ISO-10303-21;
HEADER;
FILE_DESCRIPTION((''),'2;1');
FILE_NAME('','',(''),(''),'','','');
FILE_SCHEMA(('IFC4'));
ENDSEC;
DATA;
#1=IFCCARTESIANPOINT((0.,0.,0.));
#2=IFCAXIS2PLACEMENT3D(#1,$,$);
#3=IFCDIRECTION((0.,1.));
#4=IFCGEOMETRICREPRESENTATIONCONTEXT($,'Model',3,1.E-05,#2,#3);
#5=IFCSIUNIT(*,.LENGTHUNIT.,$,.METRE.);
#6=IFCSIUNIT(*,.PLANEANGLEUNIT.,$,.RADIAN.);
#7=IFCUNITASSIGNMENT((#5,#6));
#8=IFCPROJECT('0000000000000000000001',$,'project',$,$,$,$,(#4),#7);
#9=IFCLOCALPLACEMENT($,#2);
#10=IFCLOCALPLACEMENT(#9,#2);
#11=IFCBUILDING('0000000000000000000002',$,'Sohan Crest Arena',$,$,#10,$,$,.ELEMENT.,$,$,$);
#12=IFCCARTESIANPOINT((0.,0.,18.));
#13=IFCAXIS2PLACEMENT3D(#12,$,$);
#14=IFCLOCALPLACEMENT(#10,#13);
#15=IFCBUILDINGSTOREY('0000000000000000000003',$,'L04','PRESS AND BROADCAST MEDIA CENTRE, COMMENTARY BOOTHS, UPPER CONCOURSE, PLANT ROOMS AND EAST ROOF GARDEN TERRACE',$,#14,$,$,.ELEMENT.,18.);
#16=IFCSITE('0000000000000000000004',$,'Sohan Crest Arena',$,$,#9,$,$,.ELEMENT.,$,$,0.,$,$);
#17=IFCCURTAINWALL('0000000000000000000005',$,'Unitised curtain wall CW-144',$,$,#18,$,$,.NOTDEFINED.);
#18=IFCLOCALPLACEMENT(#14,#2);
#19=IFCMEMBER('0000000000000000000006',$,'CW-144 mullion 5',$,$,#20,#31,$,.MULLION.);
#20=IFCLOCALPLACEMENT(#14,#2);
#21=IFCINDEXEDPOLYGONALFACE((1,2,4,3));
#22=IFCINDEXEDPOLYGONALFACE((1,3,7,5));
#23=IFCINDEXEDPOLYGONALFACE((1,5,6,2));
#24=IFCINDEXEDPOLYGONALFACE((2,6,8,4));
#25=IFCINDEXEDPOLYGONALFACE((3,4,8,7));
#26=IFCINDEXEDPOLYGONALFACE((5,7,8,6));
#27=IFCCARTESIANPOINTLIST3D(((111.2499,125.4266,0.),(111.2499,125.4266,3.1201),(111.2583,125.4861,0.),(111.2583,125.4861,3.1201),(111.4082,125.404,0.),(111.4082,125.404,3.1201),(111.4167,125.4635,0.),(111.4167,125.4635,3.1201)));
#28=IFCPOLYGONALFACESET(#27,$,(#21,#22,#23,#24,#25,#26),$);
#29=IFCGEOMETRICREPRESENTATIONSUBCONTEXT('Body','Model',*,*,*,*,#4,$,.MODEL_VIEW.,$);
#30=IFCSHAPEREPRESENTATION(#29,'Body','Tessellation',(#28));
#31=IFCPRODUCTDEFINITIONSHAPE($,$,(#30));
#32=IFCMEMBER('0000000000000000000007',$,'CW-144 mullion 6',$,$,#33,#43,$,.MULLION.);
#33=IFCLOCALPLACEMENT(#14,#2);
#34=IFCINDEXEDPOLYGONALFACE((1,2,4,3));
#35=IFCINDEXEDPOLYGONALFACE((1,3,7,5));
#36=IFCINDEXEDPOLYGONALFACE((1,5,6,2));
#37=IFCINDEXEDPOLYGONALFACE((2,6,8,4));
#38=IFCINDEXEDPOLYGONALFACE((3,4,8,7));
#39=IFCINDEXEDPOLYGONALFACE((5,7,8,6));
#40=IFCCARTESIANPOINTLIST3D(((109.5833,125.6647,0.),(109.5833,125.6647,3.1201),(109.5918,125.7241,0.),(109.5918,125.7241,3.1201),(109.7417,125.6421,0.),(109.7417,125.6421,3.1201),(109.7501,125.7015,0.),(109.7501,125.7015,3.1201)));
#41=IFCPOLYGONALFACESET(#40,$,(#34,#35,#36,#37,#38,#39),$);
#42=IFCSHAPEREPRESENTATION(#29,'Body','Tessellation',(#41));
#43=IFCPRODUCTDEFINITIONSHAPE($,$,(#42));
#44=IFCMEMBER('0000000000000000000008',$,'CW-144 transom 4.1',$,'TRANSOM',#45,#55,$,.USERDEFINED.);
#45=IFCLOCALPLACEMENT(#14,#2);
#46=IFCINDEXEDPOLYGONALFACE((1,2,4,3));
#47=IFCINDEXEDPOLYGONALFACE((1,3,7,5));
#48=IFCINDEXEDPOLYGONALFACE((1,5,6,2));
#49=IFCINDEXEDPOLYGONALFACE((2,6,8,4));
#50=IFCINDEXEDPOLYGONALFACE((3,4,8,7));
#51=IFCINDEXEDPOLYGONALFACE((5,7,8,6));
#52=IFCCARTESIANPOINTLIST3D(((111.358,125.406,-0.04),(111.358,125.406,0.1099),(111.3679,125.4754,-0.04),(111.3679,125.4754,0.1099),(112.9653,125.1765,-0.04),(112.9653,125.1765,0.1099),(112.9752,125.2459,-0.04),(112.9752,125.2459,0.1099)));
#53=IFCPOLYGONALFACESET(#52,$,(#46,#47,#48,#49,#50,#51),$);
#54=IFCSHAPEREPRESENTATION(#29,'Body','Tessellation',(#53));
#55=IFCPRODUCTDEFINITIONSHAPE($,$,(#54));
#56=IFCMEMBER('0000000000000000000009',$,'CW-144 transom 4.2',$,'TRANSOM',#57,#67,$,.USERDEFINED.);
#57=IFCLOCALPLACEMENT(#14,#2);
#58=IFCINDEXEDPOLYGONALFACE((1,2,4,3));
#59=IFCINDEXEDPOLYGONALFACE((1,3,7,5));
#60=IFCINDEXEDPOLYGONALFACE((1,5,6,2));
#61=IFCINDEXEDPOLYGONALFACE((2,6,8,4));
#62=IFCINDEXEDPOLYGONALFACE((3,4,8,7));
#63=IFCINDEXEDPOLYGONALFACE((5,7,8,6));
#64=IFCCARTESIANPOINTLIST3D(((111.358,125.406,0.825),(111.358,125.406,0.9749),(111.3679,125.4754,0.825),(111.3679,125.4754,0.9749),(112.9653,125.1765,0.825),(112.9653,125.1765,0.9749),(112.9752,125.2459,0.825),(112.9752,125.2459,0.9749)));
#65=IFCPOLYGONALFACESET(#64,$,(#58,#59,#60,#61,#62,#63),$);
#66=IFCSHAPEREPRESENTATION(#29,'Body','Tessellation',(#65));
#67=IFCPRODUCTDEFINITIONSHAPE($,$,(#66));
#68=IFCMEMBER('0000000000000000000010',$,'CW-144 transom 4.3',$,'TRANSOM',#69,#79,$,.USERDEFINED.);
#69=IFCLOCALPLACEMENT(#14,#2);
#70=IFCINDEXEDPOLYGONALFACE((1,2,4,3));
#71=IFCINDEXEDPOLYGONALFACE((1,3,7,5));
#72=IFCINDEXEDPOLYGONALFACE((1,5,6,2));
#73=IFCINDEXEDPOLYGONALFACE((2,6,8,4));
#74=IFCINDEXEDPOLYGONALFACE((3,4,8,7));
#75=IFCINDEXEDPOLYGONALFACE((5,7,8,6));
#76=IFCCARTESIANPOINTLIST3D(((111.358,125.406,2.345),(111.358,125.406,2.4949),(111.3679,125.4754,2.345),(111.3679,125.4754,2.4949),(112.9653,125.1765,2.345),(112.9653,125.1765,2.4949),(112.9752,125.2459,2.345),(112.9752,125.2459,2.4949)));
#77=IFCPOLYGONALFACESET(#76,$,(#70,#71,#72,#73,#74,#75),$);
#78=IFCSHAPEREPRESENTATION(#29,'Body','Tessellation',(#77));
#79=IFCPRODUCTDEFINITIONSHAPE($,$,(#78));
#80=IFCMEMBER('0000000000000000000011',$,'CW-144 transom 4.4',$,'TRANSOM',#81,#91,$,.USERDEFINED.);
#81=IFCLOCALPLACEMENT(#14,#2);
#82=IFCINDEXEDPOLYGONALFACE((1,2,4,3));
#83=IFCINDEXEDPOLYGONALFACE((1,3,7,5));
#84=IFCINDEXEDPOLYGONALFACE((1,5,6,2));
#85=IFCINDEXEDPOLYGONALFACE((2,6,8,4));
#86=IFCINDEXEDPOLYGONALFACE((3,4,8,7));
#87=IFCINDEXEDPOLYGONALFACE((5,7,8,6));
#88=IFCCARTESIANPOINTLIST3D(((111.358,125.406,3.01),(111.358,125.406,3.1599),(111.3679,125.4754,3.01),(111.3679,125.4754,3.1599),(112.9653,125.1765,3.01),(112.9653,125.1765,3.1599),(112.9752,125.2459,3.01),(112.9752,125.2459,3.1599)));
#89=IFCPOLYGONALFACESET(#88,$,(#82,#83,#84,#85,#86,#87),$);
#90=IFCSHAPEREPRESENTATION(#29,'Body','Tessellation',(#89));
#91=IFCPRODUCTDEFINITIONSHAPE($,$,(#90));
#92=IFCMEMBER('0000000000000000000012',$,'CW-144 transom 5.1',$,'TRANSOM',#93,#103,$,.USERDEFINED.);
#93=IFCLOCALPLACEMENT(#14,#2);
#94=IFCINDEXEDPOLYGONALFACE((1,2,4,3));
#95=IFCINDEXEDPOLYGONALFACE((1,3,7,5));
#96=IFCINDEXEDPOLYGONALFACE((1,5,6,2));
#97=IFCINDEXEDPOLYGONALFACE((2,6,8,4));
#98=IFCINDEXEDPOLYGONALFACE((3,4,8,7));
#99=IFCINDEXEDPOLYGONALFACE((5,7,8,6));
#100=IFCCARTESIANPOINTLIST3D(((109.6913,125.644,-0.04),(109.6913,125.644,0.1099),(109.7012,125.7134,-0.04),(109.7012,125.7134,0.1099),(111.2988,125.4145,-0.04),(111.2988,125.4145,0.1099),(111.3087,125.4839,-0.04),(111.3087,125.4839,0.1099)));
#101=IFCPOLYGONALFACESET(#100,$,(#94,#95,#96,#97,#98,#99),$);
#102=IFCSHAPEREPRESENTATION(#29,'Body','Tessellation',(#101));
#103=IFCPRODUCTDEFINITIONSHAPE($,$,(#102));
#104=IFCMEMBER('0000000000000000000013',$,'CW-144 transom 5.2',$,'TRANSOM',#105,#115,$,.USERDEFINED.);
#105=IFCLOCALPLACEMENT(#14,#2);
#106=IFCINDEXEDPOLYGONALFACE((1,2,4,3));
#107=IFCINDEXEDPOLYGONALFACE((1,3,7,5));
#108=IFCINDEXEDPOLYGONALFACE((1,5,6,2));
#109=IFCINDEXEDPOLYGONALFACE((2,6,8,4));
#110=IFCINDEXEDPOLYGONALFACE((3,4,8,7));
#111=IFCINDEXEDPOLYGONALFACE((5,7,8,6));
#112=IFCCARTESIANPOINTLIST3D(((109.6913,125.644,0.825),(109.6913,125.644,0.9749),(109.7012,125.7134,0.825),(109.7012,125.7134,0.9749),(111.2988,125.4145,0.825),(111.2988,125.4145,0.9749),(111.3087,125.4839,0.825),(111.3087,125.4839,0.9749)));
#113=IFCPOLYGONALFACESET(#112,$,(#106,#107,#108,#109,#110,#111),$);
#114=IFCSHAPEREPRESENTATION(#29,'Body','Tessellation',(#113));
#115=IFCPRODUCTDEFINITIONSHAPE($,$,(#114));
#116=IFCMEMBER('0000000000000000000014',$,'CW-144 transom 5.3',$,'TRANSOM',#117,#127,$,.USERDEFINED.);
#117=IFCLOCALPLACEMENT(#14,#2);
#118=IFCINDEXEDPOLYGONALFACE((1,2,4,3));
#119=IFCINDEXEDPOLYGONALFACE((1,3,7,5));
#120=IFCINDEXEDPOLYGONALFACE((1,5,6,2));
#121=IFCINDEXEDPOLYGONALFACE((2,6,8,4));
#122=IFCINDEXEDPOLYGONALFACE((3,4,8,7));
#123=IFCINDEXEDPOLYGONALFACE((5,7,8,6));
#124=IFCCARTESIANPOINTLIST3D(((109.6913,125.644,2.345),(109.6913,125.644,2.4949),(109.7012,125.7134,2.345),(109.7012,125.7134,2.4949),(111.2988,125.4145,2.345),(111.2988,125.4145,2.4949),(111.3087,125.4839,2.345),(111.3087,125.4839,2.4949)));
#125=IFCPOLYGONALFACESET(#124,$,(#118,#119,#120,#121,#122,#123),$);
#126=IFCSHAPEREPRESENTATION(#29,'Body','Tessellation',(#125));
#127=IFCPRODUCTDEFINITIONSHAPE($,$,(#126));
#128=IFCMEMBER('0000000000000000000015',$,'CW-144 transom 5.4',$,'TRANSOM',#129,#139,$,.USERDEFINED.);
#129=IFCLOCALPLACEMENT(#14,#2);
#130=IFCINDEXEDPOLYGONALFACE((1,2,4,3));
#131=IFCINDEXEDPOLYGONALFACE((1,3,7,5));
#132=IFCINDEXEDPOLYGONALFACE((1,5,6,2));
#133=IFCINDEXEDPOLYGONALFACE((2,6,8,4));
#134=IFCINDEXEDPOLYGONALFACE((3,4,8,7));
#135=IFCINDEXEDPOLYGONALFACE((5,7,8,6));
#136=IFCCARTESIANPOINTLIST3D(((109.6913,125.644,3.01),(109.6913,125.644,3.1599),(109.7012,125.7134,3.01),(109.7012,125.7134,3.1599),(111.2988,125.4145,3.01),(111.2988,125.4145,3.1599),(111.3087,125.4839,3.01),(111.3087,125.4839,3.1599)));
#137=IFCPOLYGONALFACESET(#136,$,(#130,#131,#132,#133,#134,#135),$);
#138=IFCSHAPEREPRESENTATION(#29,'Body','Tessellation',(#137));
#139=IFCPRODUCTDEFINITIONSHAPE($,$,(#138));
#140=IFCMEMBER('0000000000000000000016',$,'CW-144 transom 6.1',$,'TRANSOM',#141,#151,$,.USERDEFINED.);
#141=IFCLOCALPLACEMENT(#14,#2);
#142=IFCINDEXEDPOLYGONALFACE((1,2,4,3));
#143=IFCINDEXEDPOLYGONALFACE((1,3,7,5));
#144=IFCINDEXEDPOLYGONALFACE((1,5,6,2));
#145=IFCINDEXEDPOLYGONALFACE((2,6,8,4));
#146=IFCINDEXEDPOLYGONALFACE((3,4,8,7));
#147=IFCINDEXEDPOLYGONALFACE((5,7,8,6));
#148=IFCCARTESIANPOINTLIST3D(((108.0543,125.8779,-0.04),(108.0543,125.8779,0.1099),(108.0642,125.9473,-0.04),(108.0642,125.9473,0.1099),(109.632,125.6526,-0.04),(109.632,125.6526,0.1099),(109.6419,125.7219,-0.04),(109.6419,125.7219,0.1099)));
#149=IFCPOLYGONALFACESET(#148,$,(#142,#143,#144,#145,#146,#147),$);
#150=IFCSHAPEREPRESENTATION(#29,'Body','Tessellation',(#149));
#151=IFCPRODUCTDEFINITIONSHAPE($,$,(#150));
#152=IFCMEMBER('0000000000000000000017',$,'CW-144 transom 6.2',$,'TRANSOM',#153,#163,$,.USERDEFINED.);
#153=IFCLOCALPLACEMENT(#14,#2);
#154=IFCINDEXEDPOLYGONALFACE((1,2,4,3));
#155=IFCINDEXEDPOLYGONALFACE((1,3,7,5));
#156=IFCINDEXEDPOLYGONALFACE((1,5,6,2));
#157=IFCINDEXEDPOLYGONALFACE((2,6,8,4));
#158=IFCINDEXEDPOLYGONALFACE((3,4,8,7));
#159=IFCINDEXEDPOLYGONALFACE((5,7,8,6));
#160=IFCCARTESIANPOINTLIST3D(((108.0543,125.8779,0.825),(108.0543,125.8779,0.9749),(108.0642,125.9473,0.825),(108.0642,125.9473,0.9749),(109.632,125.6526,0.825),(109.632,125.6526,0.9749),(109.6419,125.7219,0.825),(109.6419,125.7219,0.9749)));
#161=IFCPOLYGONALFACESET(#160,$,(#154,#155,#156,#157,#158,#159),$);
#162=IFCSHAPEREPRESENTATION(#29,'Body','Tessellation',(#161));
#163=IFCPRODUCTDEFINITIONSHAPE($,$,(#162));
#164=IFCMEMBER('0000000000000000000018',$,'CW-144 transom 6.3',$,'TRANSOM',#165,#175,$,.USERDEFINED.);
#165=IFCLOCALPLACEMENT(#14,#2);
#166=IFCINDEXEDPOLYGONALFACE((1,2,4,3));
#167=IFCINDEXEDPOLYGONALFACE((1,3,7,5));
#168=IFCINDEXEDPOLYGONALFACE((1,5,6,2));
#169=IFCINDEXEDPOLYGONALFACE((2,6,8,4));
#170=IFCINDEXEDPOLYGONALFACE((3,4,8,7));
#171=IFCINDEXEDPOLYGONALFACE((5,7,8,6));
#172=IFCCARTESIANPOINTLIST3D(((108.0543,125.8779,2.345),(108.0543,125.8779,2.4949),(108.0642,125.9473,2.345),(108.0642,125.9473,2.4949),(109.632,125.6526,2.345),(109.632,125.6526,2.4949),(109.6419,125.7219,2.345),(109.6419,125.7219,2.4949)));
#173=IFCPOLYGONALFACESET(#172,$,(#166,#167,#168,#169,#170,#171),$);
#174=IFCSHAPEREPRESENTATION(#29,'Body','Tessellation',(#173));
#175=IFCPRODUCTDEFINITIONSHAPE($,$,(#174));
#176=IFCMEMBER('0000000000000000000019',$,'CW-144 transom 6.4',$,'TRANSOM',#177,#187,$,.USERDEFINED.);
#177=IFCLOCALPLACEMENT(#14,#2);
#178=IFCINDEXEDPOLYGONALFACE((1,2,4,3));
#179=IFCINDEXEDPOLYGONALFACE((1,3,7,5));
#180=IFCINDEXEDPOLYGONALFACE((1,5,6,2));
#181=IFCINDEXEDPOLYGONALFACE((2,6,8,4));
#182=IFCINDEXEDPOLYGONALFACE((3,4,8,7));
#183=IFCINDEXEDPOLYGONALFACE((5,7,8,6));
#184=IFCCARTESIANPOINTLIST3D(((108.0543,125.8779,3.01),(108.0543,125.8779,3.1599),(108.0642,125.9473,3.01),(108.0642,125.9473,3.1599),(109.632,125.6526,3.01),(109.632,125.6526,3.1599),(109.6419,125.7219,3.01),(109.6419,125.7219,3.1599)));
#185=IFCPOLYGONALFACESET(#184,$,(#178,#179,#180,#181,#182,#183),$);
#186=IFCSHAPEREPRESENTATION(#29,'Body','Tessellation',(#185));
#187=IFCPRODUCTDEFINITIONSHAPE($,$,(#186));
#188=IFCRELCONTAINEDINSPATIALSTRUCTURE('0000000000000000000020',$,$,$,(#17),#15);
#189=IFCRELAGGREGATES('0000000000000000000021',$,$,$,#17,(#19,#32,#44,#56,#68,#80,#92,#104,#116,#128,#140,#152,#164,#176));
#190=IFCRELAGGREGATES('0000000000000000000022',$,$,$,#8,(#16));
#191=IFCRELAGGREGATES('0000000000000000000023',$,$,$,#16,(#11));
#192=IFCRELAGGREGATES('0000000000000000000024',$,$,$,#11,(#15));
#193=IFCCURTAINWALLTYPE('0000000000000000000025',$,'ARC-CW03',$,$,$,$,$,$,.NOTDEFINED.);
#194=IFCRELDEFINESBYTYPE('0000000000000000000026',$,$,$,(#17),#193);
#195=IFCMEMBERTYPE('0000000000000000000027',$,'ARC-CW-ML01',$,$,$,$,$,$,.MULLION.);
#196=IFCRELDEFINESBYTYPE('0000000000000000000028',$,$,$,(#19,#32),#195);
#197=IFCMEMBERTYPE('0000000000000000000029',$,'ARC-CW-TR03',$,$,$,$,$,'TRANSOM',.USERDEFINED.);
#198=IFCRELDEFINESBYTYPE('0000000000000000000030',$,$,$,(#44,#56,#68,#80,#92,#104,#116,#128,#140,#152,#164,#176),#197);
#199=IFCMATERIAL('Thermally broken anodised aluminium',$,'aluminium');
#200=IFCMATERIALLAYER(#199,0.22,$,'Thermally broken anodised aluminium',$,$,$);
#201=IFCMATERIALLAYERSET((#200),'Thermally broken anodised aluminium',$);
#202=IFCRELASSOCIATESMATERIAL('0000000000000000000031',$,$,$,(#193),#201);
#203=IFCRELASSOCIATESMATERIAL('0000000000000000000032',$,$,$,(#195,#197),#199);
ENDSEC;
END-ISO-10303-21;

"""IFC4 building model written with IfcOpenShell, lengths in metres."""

from ifc_helpers import new_model, si_unit, direction, frame, origin, origin_2d, place, context, subcontext, project, spatial, rectangle, extrude, material, layer, layer_set, material_profile, profile_set, type_object, element, aggregate, save


model = new_model("IFC4")

# Units and contexts
model_context = context("Model", 3, precision=1e-05, world=origin(), true_north=direction((0.0, 1.0)))
body_context = subcontext(model_context, "Body", "Model", "MODEL_VIEW")
ifc_project = project(units=[si_unit("LENGTHUNIT", "METRE"), si_unit("PLANEANGLEUNIT", "RADIAN")], contexts=[model_context])

# Site, building, storey
site_placement = place(None, origin())
site = spatial("IfcSite", under=ifc_project, at=site_placement, Name="Sohan Crest Arena", CompositionType="ELEMENT", RefElevation=0.0)
building_placement = place(site_placement, origin())
building = spatial("IfcBuilding", under=site, at=building_placement, Name="Sohan Crest Arena", CompositionType="ELEMENT")
storey_placement = place(building_placement, frame((0.0, 0.0, 18.0)))
storey = spatial("IfcBuildingStorey", under=building, at=storey_placement, Name="L04", Description="PRESS AND BROADCAST MEDIA CENTRE, COMMENTARY BOOTHS, UPPER CONCOURSE, PLANT ROOMS AND EAST ROOF GARDEN TERRACE", CompositionType="ELEMENT", Elevation=18.0)

# Curtain wall, members
ifc_material_1 = material(Name="Thermally broken anodised aluminium", Category="aluminium")
ifc_layer_1 = layer(ifc_material_1, 0.22, Name="Thermally broken anodised aluminium")
ifc_layer_set_1 = layer_set([ifc_layer_1], Name="Thermally broken anodised aluminium")
curtain_wall_type = type_object("IfcCurtainWallType", Name="ARC-CW03", PredefinedType="NOTDEFINED", material=ifc_layer_set_1)
curtain_wall_placement = place(storey_placement, origin())
curtain_wall = element("IfcCurtainWall", 1, at=curtain_wall_placement, inside=storey, type_object=curtain_wall_type, Name="Unitised curtain wall CW-144", PredefinedType="NOTDEFINED")
ifc_material_profile_1 = material_profile(ifc_material_1, rectangle(XDim=0.0601, YDim=0.1599, at=origin_2d()), Name="ALU-MULL 60x160")
ifc_profile_set_1 = profile_set([ifc_material_profile_1], Name="Thermally broken anodised aluminium")
member_type_1 = type_object("IfcMemberType", Name="ARC-CW-ML01", PredefinedType="MULLION", material=ifc_profile_set_1)
member_1_placement = place(storey_placement, frame((111.3333, 125.4451, 0.0), z_axis=(0.0, 0.0, 1.0), x_axis=(-0.141366, -0.989957, 0.0)))
member_1 = element("IfcMember", 2, at=member_1_placement, type_object=member_type_1, Name="CW-144 mullion 5", PredefinedType="MULLION", context=body_context, shape_type="SweptSolid", body=[
    extrude(rectangle(XDim=0.0601, YDim=0.1599, at=origin_2d()), origin(), (0.0, 0.0, 1.0), 3.1201),
])
member_2_placement = place(storey_placement, frame((109.6667, 125.6831, 0.0), z_axis=(0.0, 0.0, 1.0), x_axis=(-0.141366, -0.989957, 0.0)))
member_2 = element("IfcMember", 3, at=member_2_placement, type_object=member_type_1, Name="CW-144 mullion 6", PredefinedType="MULLION", context=body_context, shape_type="SweptSolid", body=[
    extrude(rectangle(XDim=0.0601, YDim=0.1599, at=origin_2d()), origin(), (0.0, 0.0, 1.0), 3.1201),
])
ifc_material_profile_2 = material_profile(ifc_material_1, rectangle(XDim=0.0701, YDim=0.1499, at=origin_2d()), Name="ALU-TRAN 70x150")
ifc_profile_set_2 = profile_set([ifc_material_profile_2], Name="Thermally broken anodised aluminium")
member_type_2 = type_object("IfcMemberType", Name="ARC-CW-TR03", ElementType="TRANSOM", PredefinedType="USERDEFINED", material=ifc_profile_set_2)
member_3_placement = place(storey_placement, frame((112.9702, 125.2112, 0.0349), z_axis=(-0.989959, 0.141358, 0.0), x_axis=(-0.141358, -0.989959, 0.0)))
member_3 = element("IfcMember", 4, at=member_3_placement, type_object=member_type_2, Name="CW-144 transom 4.1", ObjectType="TRANSOM", PredefinedType="USERDEFINED", context=body_context, shape_type="SweptSolid", body=[
    extrude(rectangle(XDim=0.0701, YDim=0.1499, at=origin_2d()), origin(), (0.0, 0.0, 1.0), 1.6235),
])
member_4_placement = place(storey_placement, frame((112.9702, 125.2112, 0.8999), z_axis=(-0.989959, 0.141358, 0.0), x_axis=(-0.141358, -0.989959, 0.0)))
member_4 = element("IfcMember", 5, at=member_4_placement, type_object=member_type_2, Name="CW-144 transom 4.2", ObjectType="TRANSOM", PredefinedType="USERDEFINED", context=body_context, shape_type="SweptSolid", body=[
    extrude(rectangle(XDim=0.0701, YDim=0.1499, at=origin_2d()), origin(), (0.0, 0.0, 1.0), 1.6235),
])
member_5_placement = place(storey_placement, frame((112.9702, 125.2112, 2.4199), z_axis=(-0.989959, 0.141358, 0.0), x_axis=(-0.141358, -0.989959, 0.0)))
member_5 = element("IfcMember", 6, at=member_5_placement, type_object=member_type_2, Name="CW-144 transom 4.3", ObjectType="TRANSOM", PredefinedType="USERDEFINED", context=body_context, shape_type="SweptSolid", body=[
    extrude(rectangle(XDim=0.0701, YDim=0.1499, at=origin_2d()), origin(), (0.0, 0.0, 1.0), 1.6235),
])
member_6_placement = place(storey_placement, frame((112.9702, 125.2112, 3.085), z_axis=(-0.989959, 0.141358, 0.0), x_axis=(-0.141358, -0.989959, 0.0)))
member_6 = element("IfcMember", 7, at=member_6_placement, type_object=member_type_2, Name="CW-144 transom 4.4", ObjectType="TRANSOM", PredefinedType="USERDEFINED", context=body_context, shape_type="SweptSolid", body=[
    extrude(rectangle(XDim=0.0701, YDim=0.1499, at=origin_2d()), origin(), (0.0, 0.0, 1.0), 1.6235),
])
member_7_placement = place(storey_placement, frame((111.3037, 125.4492, 0.0349), z_axis=(-0.989962, 0.141337, 0.0), x_axis=(-0.141337, -0.989962, 0.0)))
member_7 = element("IfcMember", 8, at=member_7_placement, type_object=member_type_2, Name="CW-144 transom 5.1", ObjectType="TRANSOM", PredefinedType="USERDEFINED", context=body_context, shape_type="SweptSolid", body=[
    extrude(rectangle(XDim=0.0701, YDim=0.1499, at=origin_2d()), origin(), (0.0, 0.0, 1.0), 1.6238),
])
member_8_placement = place(storey_placement, frame((111.3037, 125.4492, 0.8999), z_axis=(-0.989962, 0.141337, 0.0), x_axis=(-0.141337, -0.989962, 0.0)))
member_8 = element("IfcMember", 9, at=member_8_placement, type_object=member_type_2, Name="CW-144 transom 5.2", ObjectType="TRANSOM", PredefinedType="USERDEFINED", context=body_context, shape_type="SweptSolid", body=[
    extrude(rectangle(XDim=0.0701, YDim=0.1499, at=origin_2d()), origin(), (0.0, 0.0, 1.0), 1.6238),
])
member_9_placement = place(storey_placement, frame((111.3037, 125.4492, 2.4199), z_axis=(-0.989962, 0.141337, 0.0), x_axis=(-0.141337, -0.989962, 0.0)))
member_9 = element("IfcMember", 10, at=member_9_placement, type_object=member_type_2, Name="CW-144 transom 5.3", ObjectType="TRANSOM", PredefinedType="USERDEFINED", context=body_context, shape_type="SweptSolid", body=[
    extrude(rectangle(XDim=0.0701, YDim=0.1499, at=origin_2d()), origin(), (0.0, 0.0, 1.0), 1.6238),
])
member_10_placement = place(storey_placement, frame((111.3037, 125.4492, 3.085), z_axis=(-0.989962, 0.141337, 0.0), x_axis=(-0.141337, -0.989962, 0.0)))
member_10 = element("IfcMember", 11, at=member_10_placement, type_object=member_type_2, Name="CW-144 transom 5.4", ObjectType="TRANSOM", PredefinedType="USERDEFINED", context=body_context, shape_type="SweptSolid", body=[
    extrude(rectangle(XDim=0.0701, YDim=0.1499, at=origin_2d()), origin(), (0.0, 0.0, 1.0), 1.6238),
])
member_11_placement = place(storey_placement, frame((109.637, 125.6873, 0.0349), z_axis=(-0.989953, 0.1414, 0.0), x_axis=(-0.1414, -0.989953, 0.0)))
member_11 = element("IfcMember", 12, at=member_11_placement, type_object=member_type_2, Name="CW-144 transom 6.1", ObjectType="TRANSOM", PredefinedType="USERDEFINED", context=body_context, shape_type="SweptSolid", body=[
    extrude(rectangle(XDim=0.0701, YDim=0.1499, at=origin_2d()), origin(), (0.0, 0.0, 1.0), 1.5938),
])
member_12_placement = place(storey_placement, frame((109.637, 125.6873, 0.8999), z_axis=(-0.989953, 0.1414, 0.0), x_axis=(-0.1414, -0.989953, 0.0)))
member_12 = element("IfcMember", 13, at=member_12_placement, type_object=member_type_2, Name="CW-144 transom 6.2", ObjectType="TRANSOM", PredefinedType="USERDEFINED", context=body_context, shape_type="SweptSolid", body=[
    extrude(rectangle(XDim=0.0701, YDim=0.1499, at=origin_2d()), origin(), (0.0, 0.0, 1.0), 1.5938),
])
member_13_placement = place(storey_placement, frame((109.637, 125.6873, 2.4199), z_axis=(-0.989953, 0.1414, 0.0), x_axis=(-0.1414, -0.989953, 0.0)))
member_13 = element("IfcMember", 14, at=member_13_placement, type_object=member_type_2, Name="CW-144 transom 6.3", ObjectType="TRANSOM", PredefinedType="USERDEFINED", context=body_context, shape_type="SweptSolid", body=[
    extrude(rectangle(XDim=0.0701, YDim=0.1499, at=origin_2d()), origin(), (0.0, 0.0, 1.0), 1.5938),
])
member_14_placement = place(storey_placement, frame((109.637, 125.6873, 3.085), z_axis=(-0.989953, 0.1414, 0.0), x_axis=(-0.1414, -0.989953, 0.0)))
member_14 = element("IfcMember", 15, at=member_14_placement, type_object=member_type_2, Name="CW-144 transom 6.4", ObjectType="TRANSOM", PredefinedType="USERDEFINED", context=body_context, shape_type="SweptSolid", body=[
    extrude(rectangle(XDim=0.0701, YDim=0.1499, at=origin_2d()), origin(), (0.0, 0.0, 1.0), 1.5938),
])
aggregate(curtain_wall, [member_1, member_2, member_3, member_4, member_5, member_6, member_7, member_8, member_9, member_10, member_11, member_12, member_13, member_14])

save(model, "model.ifc")
